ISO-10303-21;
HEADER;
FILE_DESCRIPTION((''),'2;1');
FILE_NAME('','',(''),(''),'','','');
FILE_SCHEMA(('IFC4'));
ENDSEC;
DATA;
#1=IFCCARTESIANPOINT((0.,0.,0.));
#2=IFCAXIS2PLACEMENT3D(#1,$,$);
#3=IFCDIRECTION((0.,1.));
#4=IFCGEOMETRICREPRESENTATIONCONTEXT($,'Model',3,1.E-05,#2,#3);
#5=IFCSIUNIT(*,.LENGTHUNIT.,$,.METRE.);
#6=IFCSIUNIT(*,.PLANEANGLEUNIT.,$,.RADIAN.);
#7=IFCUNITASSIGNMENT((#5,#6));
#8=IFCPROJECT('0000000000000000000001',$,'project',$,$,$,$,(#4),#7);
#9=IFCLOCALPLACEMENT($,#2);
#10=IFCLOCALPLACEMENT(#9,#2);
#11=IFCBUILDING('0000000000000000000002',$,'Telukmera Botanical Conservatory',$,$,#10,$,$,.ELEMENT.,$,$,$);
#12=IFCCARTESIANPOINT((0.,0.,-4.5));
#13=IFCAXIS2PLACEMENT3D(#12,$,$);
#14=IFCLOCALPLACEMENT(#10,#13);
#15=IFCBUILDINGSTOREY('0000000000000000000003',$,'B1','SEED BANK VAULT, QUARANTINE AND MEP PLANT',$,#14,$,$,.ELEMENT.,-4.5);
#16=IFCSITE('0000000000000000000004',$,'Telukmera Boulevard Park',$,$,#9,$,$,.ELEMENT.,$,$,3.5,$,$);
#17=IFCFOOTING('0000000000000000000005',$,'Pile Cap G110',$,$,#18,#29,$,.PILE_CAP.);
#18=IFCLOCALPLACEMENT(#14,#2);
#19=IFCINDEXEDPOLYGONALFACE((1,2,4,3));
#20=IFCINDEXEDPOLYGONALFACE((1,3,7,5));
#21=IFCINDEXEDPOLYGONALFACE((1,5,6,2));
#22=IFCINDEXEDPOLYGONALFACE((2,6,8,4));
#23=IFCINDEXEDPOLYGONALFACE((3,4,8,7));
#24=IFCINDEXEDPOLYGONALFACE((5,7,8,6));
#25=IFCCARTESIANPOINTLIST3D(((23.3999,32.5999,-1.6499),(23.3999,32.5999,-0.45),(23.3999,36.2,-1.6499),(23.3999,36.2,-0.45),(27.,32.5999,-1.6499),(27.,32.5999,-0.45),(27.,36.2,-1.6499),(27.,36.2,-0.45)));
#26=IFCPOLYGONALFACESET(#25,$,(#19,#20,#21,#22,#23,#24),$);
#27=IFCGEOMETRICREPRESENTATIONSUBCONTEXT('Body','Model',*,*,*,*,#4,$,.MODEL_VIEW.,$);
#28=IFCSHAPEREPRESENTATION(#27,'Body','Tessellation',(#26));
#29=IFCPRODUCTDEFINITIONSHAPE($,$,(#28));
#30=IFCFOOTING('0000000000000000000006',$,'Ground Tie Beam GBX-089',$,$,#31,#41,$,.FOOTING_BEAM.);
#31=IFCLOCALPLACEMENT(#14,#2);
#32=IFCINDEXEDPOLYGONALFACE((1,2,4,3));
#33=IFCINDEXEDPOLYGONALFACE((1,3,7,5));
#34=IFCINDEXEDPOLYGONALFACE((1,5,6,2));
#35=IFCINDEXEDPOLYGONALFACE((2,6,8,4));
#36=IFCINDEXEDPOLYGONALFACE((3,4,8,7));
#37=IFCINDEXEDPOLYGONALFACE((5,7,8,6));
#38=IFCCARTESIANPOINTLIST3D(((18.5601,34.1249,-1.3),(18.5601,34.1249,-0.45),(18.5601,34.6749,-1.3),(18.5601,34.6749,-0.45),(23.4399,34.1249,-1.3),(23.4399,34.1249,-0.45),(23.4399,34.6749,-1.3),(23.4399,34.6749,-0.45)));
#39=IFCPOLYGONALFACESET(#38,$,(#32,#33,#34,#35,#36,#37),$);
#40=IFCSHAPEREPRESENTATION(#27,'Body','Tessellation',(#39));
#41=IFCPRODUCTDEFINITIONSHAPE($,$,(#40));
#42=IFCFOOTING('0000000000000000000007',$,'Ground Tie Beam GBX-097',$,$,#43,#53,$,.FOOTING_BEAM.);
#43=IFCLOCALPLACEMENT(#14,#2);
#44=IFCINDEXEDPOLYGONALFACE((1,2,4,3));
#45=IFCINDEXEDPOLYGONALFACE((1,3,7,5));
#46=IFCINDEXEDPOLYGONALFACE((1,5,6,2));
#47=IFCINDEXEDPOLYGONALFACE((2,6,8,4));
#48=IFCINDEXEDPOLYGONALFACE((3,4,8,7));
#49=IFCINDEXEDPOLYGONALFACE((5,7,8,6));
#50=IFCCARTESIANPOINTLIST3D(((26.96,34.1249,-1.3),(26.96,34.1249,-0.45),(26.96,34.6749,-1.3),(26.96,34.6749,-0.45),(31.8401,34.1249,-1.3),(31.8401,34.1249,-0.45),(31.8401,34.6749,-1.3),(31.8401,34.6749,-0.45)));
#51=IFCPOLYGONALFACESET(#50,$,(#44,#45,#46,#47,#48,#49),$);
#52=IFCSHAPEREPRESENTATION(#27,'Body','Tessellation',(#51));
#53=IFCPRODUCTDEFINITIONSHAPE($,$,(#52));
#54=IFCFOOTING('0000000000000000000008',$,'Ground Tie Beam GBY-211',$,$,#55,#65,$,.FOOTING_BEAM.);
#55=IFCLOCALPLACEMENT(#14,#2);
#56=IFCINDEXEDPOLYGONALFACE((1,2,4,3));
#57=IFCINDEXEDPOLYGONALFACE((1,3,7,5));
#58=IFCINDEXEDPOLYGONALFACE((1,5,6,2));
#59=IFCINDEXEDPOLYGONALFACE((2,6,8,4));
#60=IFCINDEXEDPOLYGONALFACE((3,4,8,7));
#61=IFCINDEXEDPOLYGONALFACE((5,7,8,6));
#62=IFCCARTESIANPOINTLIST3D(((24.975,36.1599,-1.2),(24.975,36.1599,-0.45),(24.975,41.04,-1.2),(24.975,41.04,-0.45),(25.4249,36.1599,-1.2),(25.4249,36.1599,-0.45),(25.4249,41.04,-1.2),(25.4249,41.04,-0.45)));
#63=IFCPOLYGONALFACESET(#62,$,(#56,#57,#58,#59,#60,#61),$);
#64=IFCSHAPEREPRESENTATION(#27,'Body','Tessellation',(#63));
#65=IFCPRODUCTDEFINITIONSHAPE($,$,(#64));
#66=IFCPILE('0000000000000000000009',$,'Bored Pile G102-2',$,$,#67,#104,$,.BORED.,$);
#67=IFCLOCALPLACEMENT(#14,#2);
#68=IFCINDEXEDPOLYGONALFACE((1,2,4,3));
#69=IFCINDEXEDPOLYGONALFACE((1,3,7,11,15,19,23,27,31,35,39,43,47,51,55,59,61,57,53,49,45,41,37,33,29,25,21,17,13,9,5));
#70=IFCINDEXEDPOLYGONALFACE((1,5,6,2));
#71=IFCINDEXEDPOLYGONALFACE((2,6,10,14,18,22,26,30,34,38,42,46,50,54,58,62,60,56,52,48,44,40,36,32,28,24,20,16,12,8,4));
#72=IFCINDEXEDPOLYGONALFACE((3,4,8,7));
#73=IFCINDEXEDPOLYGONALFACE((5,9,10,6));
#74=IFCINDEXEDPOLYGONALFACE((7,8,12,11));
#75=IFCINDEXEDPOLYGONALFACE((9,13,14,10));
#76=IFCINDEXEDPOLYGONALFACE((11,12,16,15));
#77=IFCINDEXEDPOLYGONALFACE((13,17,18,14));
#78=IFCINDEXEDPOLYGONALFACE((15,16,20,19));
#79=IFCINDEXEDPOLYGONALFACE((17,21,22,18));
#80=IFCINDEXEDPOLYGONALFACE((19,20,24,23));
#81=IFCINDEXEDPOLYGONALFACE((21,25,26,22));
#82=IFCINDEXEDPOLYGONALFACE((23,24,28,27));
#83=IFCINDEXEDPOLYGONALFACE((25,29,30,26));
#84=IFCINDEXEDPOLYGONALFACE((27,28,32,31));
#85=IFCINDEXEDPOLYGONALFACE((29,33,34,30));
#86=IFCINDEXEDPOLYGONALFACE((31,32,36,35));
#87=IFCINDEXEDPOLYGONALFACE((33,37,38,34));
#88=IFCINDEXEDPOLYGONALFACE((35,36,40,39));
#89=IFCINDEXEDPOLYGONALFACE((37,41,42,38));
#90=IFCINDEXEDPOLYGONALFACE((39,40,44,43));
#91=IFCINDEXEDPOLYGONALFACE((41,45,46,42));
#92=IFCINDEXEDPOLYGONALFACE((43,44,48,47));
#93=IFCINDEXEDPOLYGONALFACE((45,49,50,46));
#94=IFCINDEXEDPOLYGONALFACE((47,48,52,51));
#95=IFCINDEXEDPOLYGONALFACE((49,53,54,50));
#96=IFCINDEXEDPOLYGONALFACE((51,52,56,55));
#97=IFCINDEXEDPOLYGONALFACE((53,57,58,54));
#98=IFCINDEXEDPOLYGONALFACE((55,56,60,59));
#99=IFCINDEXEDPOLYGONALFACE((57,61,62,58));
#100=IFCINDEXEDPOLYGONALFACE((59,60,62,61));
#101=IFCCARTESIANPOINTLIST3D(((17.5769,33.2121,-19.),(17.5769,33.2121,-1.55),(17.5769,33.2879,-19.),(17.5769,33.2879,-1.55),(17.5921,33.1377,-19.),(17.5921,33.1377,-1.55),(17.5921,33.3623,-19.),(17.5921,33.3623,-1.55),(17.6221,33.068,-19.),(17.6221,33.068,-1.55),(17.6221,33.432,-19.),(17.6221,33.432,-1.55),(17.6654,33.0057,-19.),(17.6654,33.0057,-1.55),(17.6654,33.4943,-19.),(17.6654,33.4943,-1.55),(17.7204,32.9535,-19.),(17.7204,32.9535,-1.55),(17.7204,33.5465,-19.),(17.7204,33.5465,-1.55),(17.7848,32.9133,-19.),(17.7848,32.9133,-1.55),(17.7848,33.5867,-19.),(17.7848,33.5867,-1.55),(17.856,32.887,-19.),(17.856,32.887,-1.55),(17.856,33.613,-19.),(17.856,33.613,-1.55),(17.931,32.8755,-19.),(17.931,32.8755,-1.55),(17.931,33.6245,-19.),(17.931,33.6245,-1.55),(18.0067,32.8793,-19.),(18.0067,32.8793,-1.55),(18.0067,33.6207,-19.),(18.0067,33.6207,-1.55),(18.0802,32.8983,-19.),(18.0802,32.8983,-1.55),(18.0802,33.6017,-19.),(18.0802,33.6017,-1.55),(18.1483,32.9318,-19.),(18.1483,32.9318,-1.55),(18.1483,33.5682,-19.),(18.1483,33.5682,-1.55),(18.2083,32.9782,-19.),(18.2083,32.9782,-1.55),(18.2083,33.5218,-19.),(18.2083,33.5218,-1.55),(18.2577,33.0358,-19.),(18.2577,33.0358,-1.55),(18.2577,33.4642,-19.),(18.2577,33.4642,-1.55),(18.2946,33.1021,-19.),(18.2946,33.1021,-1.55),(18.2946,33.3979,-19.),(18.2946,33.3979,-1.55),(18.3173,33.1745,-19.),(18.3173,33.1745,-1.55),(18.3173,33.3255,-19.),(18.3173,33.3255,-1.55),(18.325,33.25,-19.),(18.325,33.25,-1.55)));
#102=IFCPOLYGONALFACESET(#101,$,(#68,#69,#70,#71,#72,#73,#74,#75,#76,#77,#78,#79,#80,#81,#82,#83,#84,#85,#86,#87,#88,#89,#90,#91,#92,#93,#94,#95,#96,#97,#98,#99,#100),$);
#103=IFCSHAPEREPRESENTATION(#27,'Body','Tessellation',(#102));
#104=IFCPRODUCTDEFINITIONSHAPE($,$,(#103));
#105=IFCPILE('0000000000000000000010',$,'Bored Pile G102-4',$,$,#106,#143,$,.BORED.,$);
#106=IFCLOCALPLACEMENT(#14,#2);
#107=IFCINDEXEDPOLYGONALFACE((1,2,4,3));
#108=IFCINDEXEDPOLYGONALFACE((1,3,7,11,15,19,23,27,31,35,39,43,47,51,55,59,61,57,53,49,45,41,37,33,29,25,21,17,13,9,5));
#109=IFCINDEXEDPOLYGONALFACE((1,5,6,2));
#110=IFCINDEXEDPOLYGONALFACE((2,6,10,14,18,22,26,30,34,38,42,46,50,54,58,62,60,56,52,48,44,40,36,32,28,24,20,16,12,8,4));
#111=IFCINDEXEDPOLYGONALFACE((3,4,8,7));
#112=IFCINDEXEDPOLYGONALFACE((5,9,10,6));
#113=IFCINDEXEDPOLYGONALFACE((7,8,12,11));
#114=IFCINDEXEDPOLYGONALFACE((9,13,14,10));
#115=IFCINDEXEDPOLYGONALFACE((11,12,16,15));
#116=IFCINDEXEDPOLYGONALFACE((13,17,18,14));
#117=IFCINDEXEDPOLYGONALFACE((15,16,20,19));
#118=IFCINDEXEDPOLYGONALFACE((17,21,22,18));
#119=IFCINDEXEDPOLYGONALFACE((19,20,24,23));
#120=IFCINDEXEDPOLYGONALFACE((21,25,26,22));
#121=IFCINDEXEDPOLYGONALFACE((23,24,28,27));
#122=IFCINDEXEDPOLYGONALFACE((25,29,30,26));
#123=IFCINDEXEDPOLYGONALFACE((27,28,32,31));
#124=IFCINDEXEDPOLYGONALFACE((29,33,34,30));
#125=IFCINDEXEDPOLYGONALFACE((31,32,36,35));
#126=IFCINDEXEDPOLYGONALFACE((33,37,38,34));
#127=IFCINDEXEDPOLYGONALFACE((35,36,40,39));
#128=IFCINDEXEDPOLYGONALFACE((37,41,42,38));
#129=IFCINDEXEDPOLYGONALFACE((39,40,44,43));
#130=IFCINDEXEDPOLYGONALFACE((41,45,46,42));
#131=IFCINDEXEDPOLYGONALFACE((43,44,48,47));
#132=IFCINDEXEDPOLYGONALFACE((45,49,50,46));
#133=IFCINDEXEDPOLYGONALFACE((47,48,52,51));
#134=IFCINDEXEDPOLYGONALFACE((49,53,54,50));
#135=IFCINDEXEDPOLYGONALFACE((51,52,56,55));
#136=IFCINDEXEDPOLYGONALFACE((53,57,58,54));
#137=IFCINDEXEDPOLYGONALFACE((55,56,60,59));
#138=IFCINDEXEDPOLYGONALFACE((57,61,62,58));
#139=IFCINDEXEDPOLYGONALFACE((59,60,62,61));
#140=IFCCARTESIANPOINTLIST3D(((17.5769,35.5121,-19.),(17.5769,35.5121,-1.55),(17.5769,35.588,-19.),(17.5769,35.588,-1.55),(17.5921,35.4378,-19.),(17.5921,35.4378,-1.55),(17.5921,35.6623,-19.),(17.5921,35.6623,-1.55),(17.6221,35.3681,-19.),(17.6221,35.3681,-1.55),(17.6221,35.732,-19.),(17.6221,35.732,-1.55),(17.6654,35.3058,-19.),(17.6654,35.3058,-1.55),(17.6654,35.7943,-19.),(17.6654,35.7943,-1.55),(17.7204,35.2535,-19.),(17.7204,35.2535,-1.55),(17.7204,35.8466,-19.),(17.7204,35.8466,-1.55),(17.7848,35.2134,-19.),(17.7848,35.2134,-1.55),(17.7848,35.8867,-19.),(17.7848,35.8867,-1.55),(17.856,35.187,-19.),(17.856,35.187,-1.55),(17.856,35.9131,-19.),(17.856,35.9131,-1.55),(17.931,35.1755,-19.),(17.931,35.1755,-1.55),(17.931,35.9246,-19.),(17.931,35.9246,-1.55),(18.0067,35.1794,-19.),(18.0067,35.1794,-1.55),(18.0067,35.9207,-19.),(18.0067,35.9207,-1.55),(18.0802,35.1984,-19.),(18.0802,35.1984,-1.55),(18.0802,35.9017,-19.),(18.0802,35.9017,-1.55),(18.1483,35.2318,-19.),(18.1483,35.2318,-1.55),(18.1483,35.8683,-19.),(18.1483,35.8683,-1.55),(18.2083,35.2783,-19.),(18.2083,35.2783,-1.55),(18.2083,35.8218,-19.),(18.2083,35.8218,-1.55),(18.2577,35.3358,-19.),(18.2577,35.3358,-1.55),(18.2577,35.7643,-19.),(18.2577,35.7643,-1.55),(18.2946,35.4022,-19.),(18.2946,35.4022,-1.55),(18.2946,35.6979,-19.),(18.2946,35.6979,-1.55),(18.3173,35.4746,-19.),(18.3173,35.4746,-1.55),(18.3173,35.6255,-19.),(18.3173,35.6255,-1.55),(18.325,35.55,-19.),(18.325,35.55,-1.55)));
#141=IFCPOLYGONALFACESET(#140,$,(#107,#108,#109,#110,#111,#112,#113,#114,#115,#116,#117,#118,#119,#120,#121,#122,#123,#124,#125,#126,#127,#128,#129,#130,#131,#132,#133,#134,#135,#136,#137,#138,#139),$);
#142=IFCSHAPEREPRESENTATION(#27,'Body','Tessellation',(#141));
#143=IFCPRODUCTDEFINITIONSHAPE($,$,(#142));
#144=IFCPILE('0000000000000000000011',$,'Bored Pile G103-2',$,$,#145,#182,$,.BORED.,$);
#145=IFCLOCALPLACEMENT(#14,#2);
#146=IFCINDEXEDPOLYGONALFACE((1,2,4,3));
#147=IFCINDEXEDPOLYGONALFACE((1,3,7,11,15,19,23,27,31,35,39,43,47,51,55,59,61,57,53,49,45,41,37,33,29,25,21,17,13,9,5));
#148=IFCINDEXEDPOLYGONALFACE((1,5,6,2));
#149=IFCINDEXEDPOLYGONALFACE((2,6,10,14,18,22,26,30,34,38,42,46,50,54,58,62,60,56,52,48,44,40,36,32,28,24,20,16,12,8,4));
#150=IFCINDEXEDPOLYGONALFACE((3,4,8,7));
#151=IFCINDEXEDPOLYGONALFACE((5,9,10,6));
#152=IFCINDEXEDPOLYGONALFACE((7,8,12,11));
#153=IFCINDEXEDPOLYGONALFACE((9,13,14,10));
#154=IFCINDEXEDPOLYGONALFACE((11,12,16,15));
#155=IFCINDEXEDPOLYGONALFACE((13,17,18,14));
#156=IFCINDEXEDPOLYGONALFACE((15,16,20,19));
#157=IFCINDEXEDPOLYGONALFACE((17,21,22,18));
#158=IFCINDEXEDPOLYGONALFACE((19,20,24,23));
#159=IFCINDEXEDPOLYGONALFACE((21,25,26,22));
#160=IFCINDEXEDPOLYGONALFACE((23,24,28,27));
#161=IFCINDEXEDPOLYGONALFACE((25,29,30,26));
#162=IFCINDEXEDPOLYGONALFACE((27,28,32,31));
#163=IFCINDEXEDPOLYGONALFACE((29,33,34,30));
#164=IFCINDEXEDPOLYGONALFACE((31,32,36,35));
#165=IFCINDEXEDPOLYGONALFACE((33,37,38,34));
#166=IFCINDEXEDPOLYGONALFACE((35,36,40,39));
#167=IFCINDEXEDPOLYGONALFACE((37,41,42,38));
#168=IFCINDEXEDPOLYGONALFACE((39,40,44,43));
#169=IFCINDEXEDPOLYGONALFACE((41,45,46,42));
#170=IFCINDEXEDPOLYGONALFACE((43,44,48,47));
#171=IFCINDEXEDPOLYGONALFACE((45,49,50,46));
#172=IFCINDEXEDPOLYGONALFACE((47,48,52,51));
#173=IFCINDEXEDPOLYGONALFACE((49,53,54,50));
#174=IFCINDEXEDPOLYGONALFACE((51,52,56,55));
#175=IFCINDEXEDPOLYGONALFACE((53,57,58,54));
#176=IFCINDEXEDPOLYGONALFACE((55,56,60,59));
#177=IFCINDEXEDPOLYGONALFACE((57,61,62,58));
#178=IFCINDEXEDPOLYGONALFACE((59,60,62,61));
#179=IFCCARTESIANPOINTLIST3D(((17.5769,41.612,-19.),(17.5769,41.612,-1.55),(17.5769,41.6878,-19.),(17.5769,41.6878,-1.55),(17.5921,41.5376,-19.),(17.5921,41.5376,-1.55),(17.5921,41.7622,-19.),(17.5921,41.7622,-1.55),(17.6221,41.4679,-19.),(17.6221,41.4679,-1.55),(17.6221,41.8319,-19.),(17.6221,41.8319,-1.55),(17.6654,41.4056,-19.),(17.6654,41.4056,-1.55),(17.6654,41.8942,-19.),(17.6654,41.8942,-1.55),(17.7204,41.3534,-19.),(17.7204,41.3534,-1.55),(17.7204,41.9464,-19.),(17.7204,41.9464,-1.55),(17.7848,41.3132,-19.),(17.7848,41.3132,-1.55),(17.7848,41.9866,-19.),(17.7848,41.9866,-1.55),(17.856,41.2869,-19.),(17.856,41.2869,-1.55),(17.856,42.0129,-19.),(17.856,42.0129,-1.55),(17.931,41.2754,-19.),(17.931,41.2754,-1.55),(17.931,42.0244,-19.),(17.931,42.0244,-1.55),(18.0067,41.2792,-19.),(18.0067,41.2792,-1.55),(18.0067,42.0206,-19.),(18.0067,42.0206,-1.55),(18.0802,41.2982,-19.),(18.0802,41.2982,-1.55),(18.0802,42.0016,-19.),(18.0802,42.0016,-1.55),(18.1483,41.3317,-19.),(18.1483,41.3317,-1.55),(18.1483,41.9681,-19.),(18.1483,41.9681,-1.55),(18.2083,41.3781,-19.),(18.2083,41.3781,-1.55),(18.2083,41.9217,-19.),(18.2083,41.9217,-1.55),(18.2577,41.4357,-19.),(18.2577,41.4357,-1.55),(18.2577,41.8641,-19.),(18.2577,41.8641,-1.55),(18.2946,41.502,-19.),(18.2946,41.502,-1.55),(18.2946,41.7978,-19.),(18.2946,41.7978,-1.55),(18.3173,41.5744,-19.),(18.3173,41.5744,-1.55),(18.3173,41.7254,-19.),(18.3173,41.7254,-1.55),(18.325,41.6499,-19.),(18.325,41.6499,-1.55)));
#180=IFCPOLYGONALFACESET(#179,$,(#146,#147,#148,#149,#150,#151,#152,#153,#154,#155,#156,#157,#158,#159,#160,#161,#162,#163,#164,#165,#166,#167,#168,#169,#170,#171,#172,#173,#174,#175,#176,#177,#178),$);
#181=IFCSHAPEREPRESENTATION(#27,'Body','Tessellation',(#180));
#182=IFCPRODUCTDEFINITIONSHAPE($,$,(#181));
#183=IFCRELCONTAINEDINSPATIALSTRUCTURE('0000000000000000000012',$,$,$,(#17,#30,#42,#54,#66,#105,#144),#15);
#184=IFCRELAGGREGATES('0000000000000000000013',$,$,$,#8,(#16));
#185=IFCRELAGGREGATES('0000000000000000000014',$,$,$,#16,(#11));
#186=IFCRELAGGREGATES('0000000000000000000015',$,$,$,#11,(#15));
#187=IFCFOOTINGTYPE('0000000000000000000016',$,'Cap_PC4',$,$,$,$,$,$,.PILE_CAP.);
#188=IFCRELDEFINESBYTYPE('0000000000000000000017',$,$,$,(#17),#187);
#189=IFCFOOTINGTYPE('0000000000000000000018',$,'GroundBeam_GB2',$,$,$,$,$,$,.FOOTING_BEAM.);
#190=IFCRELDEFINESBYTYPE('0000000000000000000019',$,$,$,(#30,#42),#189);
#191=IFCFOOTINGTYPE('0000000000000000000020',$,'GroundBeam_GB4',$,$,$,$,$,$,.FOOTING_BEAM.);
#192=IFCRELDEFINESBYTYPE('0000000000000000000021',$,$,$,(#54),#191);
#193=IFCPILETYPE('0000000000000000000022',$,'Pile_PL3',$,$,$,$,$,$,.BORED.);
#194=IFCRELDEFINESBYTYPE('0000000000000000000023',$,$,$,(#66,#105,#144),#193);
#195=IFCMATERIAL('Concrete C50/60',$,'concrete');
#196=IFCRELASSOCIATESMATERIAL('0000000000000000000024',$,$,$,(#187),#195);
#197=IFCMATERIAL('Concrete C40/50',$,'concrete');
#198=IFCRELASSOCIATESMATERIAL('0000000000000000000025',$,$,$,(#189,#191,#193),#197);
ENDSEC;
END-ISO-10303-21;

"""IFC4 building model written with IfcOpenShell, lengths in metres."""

from ifc_helpers import new_model, si_unit, direction, frame, origin, origin_2d, place, context, subcontext, project, spatial, rectangle, circle, extrude, material, material_profile, profile_set, type_object, element, save


model = new_model("IFC4")

# Units and contexts
model_context = context("Model", 3, precision=1e-05, world=origin(), true_north=direction((0.0, 1.0)))
body_context = subcontext(model_context, "Body", "Model", "MODEL_VIEW")
ifc_project = project(units=[si_unit("LENGTHUNIT", "METRE"), si_unit("PLANEANGLEUNIT", "RADIAN")], contexts=[model_context])

# Site, building, storey
site_placement = place(None, origin())
site = spatial("IfcSite", under=ifc_project, at=site_placement, Name="Telukmera Boulevard Park", CompositionType="ELEMENT", RefElevation=3.5)
building_placement = place(site_placement, origin())
building = spatial("IfcBuilding", under=site, at=building_placement, Name="Telukmera Botanical Conservatory", CompositionType="ELEMENT")
storey_placement = place(building_placement, frame((0.0, 0.0, -4.5)))
storey = spatial("IfcBuildingStorey", under=building, at=storey_placement, Name="B1", Description="SEED BANK VAULT, QUARANTINE AND MEP PLANT", CompositionType="ELEMENT", Elevation=-4.5)

# Footings
ifc_material_1 = material(Name="Concrete C50/60", Category="concrete")
footing_type_1 = type_object("IfcFootingType", Name="Cap_PC4", PredefinedType="PILE_CAP", material=ifc_material_1)
footing_1_placement = place(storey_placement, frame((25.2, 34.3999, -1.6499), z_axis=(0.0, 0.0, 1.0), x_axis=(1.0, 0.0, 0.0)))
element("IfcFooting", 1, at=footing_1_placement, inside=storey, type_object=footing_type_1, Name="Pile Cap G110", PredefinedType="PILE_CAP", context=body_context, shape_type="SweptSolid", body=[
    extrude(rectangle(XDim=3.6001, YDim=3.6001, at=origin_2d()), origin(), (0.0, 0.0, 1.0), 1.2),
])
ifc_material_2 = material(Name="Concrete C40/50", Category="concrete")
ifc_material_profile_1 = material_profile(ifc_material_2, rectangle(XDim=0.55, YDim=0.8501, at=origin_2d()), Name="RC 550x850")
ifc_profile_set_1 = profile_set([ifc_material_profile_1], Name="Concrete C40/50")
footing_type_2 = type_object("IfcFootingType", Name="GroundBeam_GB2", PredefinedType="FOOTING_BEAM", material=ifc_profile_set_1)
footing_2_placement = place(storey_placement, frame((18.5601, 34.3999, -0.875), z_axis=(1.0, 0.0, 0.0), x_axis=(0.0, 1.0, 0.0)))
element("IfcFooting", 2, at=footing_2_placement, inside=storey, type_object=footing_type_2, Name="Ground Tie Beam GBX-089", PredefinedType="FOOTING_BEAM", context=body_context, shape_type="SweptSolid", body=[
    extrude(rectangle(XDim=0.55, YDim=0.8501, at=origin_2d()), origin(), (0.0, 0.0, 1.0), 4.8799),
])
footing_3_placement = place(storey_placement, frame((26.96, 34.3999, -0.875), z_axis=(1.0, 0.0, 0.0), x_axis=(0.0, 1.0, 0.0)))
element("IfcFooting", 3, at=footing_3_placement, inside=storey, type_object=footing_type_2, Name="Ground Tie Beam GBX-097", PredefinedType="FOOTING_BEAM", context=body_context, shape_type="SweptSolid", body=[
    extrude(rectangle(XDim=0.55, YDim=0.8501, at=origin_2d()), origin(), (0.0, 0.0, 1.0), 4.8801),
])
ifc_material_profile_2 = material_profile(ifc_material_2, rectangle(XDim=0.45, YDim=0.75, at=origin_2d()), Name="RC 450x750")
ifc_profile_set_2 = profile_set([ifc_material_profile_2], Name="Concrete C40/50")
footing_type_3 = type_object("IfcFootingType", Name="GroundBeam_GB4", PredefinedType="FOOTING_BEAM", material=ifc_profile_set_2)
footing_4_placement = place(storey_placement, frame((25.2, 36.1599, -0.825), z_axis=(0.0, 1.0, 0.0), x_axis=(-1.0, 0.0, 0.0)))
element("IfcFooting", 4, at=footing_4_placement, inside=storey, type_object=footing_type_3, Name="Ground Tie Beam GBY-211", PredefinedType="FOOTING_BEAM", context=body_context, shape_type="SweptSolid", body=[
    extrude(rectangle(XDim=0.45, YDim=0.75, at=origin_2d()), origin(), (0.0, 0.0, 1.0), 4.8801),
])

# Piles
ifc_material_profile_3 = material_profile(ifc_material_2, circle(Radius=0.375, at=origin_2d()), Name="PILE D750")
ifc_profile_set_3 = profile_set([ifc_material_profile_3], Name="Concrete C40/50")
pile_type = type_object("IfcPileType", Name="Pile_PL3", PredefinedType="BORED", material=ifc_profile_set_3)
for number, where, z_axis, x_axis, name in (
    (5, (17.95, 33.25, -1.55), (0.0, 0.0, -1.0), (1.0, 0.0, 0.0), "Bored Pile G102-2"),
    (6, (17.95, 35.55, -1.55), (0.0, 0.0, -1.0), (1.0, 0.0, 0.0), "Bored Pile G102-4"),
    (7, (17.95, 41.6499, -1.55), (0.0, 0.0, -1.0), (1.0, 0.0, 0.0), "Bored Pile G103-2"),
):
    element("IfcPile", number, at=place(storey_placement, frame(where, z_axis=z_axis, x_axis=x_axis)), inside=storey, type_object=pile_type, Name=name, PredefinedType="BORED", context=body_context, shape_type="SweptSolid", body=[
        extrude(circle(Radius=0.375, at=origin_2d()), origin(), (0.0, 0.0, 1.0), 17.45),
    ])

save(model, "model.ifc")
